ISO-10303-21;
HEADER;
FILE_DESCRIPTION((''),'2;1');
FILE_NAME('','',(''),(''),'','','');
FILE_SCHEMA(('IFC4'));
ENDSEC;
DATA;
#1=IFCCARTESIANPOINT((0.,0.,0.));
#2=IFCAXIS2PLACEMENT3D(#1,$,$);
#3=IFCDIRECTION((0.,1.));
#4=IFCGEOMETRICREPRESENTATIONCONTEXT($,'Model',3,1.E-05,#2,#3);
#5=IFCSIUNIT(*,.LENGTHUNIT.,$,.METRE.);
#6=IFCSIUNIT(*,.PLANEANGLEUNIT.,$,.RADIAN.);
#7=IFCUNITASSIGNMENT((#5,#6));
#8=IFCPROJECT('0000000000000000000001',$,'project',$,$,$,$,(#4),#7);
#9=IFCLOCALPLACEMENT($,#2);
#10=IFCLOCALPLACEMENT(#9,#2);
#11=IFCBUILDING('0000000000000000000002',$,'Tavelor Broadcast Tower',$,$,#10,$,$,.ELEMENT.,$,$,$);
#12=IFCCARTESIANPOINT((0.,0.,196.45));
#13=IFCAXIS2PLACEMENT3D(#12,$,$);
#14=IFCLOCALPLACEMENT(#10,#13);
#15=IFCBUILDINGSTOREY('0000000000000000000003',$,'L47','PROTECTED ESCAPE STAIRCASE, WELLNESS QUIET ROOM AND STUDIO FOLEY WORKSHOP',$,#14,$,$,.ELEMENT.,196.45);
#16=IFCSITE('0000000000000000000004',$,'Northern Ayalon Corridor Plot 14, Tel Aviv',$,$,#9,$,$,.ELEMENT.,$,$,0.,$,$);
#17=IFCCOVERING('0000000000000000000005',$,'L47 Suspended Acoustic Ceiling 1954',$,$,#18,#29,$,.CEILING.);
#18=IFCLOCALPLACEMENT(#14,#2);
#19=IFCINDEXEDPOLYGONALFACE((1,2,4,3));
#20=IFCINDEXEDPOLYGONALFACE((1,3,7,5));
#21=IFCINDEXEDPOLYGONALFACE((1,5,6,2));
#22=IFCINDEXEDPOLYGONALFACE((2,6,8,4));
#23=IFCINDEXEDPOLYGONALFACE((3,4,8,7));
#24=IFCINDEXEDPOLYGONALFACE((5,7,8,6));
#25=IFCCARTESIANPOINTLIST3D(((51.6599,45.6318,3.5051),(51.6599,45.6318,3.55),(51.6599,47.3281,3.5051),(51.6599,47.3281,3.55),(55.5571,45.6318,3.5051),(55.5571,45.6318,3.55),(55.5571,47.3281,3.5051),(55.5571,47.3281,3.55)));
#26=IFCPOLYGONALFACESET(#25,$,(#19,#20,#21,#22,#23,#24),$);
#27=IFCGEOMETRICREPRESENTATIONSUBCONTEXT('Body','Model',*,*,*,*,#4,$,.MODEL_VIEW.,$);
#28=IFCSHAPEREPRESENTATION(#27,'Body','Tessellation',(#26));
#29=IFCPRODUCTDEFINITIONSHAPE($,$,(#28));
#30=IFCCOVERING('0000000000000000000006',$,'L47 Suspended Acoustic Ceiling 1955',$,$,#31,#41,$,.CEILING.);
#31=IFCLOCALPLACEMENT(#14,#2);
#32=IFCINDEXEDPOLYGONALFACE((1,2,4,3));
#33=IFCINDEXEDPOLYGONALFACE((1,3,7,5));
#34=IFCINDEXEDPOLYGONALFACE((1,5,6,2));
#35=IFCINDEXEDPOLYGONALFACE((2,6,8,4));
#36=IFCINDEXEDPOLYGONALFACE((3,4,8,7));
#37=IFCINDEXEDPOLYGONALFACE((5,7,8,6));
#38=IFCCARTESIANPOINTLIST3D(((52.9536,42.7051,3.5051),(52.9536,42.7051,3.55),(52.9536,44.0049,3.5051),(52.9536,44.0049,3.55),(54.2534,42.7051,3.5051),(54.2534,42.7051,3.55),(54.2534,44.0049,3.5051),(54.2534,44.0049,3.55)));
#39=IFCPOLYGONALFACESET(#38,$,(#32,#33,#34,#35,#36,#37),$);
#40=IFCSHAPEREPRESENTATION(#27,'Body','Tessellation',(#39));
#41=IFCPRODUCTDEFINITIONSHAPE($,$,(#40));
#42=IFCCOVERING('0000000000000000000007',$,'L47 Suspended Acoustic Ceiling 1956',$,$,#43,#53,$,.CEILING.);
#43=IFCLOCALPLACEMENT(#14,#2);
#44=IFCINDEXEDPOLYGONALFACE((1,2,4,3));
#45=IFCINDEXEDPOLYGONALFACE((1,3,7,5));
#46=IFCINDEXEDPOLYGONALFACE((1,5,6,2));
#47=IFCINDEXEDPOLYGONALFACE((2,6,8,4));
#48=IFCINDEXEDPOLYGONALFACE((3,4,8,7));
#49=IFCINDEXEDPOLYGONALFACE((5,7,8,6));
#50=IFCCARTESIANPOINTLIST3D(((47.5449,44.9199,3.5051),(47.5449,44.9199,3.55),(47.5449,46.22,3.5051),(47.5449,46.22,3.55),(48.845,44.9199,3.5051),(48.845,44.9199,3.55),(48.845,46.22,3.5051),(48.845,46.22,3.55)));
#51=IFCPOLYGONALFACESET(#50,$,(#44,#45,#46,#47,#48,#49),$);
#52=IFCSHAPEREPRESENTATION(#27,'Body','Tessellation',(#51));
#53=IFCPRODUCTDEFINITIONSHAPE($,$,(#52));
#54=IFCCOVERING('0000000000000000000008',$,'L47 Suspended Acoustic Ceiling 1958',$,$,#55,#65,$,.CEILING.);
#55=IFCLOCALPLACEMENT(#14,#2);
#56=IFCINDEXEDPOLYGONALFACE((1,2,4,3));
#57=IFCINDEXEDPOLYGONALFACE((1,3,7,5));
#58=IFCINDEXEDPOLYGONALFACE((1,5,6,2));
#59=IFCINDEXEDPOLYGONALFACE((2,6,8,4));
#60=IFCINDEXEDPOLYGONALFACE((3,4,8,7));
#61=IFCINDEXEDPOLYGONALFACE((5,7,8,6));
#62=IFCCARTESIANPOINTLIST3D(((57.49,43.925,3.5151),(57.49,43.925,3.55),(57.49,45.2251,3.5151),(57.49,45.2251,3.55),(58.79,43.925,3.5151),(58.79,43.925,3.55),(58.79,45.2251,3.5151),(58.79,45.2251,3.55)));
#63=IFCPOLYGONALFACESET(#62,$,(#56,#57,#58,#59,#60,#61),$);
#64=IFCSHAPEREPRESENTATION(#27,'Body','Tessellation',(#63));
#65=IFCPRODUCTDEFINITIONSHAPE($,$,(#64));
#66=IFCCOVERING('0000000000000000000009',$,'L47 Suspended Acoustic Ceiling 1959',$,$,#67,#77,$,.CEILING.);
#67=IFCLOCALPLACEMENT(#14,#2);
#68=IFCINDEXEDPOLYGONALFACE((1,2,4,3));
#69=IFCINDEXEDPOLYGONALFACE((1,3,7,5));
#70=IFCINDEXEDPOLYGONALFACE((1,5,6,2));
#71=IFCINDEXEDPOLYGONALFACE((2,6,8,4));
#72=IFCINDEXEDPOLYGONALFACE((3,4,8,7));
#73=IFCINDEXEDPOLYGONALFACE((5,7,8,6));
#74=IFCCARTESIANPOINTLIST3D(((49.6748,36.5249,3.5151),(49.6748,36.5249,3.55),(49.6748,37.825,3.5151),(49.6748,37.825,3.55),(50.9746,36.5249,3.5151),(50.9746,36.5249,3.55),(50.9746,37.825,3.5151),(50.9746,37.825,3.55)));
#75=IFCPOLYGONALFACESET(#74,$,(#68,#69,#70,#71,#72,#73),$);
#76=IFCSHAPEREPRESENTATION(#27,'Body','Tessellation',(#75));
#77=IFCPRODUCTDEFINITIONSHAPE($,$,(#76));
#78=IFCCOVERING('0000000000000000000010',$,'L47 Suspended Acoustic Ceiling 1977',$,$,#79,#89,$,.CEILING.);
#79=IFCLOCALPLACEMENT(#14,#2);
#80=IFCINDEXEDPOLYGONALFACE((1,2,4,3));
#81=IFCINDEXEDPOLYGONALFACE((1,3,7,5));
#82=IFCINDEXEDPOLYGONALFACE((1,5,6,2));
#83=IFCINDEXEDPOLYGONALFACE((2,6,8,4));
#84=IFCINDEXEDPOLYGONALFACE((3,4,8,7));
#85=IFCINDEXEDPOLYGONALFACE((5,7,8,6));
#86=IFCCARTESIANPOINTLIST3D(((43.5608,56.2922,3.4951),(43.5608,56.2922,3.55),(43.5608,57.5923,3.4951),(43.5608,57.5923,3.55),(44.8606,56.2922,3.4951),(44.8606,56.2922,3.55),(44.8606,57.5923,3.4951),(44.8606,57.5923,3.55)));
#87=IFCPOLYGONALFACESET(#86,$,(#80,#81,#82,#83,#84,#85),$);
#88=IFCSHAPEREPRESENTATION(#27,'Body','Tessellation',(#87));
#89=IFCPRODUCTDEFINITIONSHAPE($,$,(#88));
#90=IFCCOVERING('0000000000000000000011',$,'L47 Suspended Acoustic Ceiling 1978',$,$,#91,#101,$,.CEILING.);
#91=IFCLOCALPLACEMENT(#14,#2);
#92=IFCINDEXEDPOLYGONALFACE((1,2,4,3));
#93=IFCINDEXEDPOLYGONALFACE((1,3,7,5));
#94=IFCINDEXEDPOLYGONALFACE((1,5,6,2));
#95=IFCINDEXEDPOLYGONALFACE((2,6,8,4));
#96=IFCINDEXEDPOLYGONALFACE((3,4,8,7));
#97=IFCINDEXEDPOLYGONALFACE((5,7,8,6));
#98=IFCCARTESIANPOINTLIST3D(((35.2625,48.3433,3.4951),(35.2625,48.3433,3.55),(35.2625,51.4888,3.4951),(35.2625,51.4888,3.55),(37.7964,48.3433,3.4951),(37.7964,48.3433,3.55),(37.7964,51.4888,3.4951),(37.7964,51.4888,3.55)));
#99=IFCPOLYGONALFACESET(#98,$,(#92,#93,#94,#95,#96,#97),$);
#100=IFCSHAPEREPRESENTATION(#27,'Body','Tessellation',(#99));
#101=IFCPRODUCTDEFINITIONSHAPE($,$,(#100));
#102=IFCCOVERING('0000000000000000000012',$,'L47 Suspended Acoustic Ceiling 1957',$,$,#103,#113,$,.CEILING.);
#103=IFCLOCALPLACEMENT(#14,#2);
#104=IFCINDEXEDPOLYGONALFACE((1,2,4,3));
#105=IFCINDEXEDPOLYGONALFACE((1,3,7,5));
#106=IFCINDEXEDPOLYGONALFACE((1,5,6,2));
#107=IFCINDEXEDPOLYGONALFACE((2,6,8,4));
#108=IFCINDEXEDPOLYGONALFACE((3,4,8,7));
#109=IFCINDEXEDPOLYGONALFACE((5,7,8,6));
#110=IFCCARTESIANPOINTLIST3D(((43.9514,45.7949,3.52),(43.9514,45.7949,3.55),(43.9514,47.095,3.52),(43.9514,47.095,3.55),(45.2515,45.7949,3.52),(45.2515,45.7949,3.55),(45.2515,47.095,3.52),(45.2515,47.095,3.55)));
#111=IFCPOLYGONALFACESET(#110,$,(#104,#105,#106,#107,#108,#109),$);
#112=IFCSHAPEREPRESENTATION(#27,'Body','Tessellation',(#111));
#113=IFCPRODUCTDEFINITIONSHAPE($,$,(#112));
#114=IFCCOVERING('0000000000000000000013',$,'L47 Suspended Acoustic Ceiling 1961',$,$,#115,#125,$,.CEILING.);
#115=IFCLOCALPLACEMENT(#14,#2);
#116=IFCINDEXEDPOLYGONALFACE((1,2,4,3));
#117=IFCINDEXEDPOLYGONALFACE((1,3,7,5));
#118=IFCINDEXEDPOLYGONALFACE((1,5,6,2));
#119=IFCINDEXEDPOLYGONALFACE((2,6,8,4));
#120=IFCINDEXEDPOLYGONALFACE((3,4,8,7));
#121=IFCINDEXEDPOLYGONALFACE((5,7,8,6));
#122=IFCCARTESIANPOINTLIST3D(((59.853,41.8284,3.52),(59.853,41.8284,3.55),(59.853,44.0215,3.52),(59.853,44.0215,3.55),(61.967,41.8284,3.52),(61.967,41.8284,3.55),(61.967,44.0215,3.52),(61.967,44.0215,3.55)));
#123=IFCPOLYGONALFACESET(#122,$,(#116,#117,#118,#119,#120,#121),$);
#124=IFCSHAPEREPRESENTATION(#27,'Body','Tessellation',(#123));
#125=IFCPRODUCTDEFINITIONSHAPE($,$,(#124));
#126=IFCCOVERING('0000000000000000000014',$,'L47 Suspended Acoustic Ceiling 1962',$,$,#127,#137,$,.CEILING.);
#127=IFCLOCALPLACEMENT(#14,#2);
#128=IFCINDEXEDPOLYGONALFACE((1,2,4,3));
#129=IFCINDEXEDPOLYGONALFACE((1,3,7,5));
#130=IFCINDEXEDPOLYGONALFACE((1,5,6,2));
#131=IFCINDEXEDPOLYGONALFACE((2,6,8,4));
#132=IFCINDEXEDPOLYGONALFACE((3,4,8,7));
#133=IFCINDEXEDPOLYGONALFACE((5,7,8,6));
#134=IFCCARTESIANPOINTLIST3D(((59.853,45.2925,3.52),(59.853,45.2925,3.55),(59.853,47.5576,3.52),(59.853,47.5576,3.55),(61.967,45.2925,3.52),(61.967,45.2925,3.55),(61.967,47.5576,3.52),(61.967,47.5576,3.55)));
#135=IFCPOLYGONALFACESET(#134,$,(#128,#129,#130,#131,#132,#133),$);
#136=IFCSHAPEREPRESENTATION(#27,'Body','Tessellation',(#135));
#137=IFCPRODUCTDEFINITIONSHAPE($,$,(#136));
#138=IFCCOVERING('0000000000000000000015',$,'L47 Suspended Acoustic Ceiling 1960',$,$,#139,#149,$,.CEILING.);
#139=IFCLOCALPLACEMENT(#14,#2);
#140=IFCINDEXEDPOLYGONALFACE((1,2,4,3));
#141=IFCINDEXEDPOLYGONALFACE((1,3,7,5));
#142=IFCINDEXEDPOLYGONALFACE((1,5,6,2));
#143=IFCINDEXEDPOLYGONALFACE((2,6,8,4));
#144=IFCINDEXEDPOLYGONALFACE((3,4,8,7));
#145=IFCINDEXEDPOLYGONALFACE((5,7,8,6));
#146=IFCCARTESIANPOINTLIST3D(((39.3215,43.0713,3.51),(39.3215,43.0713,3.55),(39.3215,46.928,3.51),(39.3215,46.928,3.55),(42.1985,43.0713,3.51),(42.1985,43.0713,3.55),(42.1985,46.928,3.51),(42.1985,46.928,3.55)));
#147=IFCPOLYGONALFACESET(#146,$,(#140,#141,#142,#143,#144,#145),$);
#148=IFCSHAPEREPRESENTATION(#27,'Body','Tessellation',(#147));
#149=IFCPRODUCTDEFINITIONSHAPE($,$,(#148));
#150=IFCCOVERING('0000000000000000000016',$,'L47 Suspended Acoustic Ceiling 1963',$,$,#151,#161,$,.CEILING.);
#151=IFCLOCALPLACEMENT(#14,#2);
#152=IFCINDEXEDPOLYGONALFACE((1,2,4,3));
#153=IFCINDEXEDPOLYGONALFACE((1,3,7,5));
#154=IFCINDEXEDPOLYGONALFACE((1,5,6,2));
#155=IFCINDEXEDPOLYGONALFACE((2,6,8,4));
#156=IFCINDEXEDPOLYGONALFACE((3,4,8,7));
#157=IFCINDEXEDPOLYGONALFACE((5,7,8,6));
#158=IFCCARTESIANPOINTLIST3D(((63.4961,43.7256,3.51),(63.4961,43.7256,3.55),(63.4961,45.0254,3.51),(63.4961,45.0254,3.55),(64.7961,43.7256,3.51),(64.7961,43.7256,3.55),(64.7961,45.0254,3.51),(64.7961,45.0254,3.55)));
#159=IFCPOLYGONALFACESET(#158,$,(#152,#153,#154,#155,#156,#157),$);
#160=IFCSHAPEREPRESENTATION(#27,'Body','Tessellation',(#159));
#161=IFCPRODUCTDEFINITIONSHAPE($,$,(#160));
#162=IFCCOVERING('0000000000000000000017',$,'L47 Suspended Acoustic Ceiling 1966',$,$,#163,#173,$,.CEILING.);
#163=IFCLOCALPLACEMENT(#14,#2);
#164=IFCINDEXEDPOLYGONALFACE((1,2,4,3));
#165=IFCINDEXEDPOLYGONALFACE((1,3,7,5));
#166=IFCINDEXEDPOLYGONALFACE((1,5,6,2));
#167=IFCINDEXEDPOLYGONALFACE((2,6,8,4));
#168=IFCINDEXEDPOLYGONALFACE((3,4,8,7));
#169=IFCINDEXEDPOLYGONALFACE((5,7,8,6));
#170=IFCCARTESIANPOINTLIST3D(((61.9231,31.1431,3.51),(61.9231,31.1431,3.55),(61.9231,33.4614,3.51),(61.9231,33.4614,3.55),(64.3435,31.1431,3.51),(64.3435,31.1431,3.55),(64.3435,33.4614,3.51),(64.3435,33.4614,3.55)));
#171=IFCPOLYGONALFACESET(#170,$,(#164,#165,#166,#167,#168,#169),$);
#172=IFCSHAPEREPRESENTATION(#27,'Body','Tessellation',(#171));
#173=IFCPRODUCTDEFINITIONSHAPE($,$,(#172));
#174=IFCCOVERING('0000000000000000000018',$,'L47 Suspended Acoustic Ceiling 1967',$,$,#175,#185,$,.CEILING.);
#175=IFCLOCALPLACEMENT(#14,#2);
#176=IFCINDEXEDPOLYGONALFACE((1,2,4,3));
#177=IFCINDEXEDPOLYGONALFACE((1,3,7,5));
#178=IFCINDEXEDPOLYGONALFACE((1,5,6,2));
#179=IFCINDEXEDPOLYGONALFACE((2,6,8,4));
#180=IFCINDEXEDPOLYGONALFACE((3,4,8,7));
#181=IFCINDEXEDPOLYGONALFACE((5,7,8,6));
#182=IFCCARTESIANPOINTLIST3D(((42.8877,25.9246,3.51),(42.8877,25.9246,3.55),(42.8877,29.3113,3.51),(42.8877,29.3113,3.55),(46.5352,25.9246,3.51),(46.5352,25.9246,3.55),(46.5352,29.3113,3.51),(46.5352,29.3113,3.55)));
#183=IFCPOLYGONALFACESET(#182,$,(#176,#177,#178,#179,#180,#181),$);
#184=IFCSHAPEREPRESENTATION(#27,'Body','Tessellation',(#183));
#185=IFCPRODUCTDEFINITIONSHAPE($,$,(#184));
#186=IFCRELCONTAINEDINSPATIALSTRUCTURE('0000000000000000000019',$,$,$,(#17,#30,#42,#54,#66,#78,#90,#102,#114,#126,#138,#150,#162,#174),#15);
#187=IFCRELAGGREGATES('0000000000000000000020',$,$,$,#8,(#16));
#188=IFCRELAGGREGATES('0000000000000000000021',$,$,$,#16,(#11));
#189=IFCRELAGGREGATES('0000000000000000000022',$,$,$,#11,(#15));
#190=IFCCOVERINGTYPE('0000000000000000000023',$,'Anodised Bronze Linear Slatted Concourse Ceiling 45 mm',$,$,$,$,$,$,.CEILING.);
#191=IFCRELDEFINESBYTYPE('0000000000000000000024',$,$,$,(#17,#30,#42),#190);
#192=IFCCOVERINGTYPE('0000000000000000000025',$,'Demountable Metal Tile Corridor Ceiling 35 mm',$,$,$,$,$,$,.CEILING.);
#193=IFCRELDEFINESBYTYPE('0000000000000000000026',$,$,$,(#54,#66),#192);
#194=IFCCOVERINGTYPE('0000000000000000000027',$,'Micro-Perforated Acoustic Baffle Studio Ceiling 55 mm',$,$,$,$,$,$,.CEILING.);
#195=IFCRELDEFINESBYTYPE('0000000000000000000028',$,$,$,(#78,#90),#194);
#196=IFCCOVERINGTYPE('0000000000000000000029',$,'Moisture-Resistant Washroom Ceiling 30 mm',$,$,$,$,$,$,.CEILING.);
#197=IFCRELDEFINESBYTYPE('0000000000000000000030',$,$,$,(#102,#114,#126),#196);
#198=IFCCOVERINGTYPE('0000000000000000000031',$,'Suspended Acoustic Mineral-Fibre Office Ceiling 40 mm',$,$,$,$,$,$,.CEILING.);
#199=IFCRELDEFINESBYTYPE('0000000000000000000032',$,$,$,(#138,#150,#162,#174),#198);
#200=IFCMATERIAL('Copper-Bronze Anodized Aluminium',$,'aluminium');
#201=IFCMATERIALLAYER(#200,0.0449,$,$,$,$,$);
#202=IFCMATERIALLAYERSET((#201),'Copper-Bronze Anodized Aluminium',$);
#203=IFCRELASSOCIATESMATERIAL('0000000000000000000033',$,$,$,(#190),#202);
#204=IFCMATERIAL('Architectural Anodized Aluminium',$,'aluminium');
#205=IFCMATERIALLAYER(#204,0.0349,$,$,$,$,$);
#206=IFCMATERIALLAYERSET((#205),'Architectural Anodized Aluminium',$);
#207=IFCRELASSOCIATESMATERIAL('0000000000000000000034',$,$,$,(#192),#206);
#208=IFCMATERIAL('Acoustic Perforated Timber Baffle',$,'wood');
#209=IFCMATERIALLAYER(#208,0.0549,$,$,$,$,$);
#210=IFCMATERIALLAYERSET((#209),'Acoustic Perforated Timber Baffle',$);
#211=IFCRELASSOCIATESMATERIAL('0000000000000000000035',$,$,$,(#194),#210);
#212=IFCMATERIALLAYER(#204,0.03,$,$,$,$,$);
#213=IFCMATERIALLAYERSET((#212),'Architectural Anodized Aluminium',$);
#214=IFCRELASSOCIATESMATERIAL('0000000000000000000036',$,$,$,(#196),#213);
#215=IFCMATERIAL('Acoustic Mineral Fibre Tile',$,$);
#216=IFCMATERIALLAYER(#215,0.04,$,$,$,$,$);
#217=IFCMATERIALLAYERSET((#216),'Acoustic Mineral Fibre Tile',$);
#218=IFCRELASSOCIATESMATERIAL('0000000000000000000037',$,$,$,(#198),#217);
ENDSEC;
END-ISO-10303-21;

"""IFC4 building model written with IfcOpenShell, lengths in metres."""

from ifc_helpers import new_model, si_unit, direction, frame, origin, place, context, subcontext, project, spatial, polyline, outline, extrude, material, layer, layer_set, type_object, element, save


model = new_model("IFC4")

# Units and contexts
model_context = context("Model", 3, precision=1e-05, world=origin(), true_north=direction((0.0, 1.0)))
body_context = subcontext(model_context, "Body", "Model", "MODEL_VIEW")
ifc_project = project(units=[si_unit("LENGTHUNIT", "METRE"), si_unit("PLANEANGLEUNIT", "RADIAN")], contexts=[model_context])

# Site, building, storey
site_placement = place(None, origin())
site = spatial("IfcSite", under=ifc_project, at=site_placement, Name="Northern Ayalon Corridor Plot 14, Tel Aviv", CompositionType="ELEMENT", RefElevation=0.0)
building_placement = place(site_placement, origin())
building = spatial("IfcBuilding", under=site, at=building_placement, Name="Tavelor Broadcast Tower", CompositionType="ELEMENT")
storey_placement = place(building_placement, frame((0.0, 0.0, 196.45)))
storey = spatial("IfcBuildingStorey", under=building, at=storey_placement, Name="L47", Description="PROTECTED ESCAPE STAIRCASE, WELLNESS QUIET ROOM AND STUDIO FOLEY WORKSHOP", CompositionType="ELEMENT", Elevation=196.45)

# Coverings
ifc_material_1 = material(Name="Copper-Bronze Anodized Aluminium", Category="aluminium")
ifc_layer_1 = layer(ifc_material_1, 0.0449)
ifc_layer_set_1 = layer_set([ifc_layer_1], Name="Copper-Bronze Anodized Aluminium")
covering_type_1 = type_object("IfcCoveringType", Name="Anodised Bronze Linear Slatted Concourse Ceiling 45 mm", PredefinedType="CEILING", material=ifc_layer_set_1)
covering_1_placement = place(storey_placement, frame((0.0, 0.0, 3.5051)))
element("IfcCovering", 1, at=covering_1_placement, inside=storey, type_object=covering_type_1, Name="L47 Suspended Acoustic Ceiling 1954", PredefinedType="CEILING", context=body_context, shape_type="SweptSolid", body=[
    extrude(outline(polyline([(51.6599, 45.6318), (55.5571, 45.6318), (55.5571, 47.3281), (51.6599, 47.3281), (51.6599, 45.6318)])), origin(), (0.0, 0.0, 1.0), 0.0449),
])
covering_2_placement = place(storey_placement, frame((0.0, 0.0, 3.5051)))
element("IfcCovering", 2, at=covering_2_placement, inside=storey, type_object=covering_type_1, Name="L47 Suspended Acoustic Ceiling 1955", PredefinedType="CEILING", context=body_context, shape_type="SweptSolid", body=[
    extrude(outline(polyline([(52.9536, 42.7051), (54.2534, 42.7051), (54.2534, 44.0049), (52.9536, 44.0049), (52.9536, 42.7051)])), origin(), (0.0, 0.0, 1.0), 0.0449),
])
covering_3_placement = place(storey_placement, frame((0.0, 0.0, 3.5051)))
element("IfcCovering", 3, at=covering_3_placement, inside=storey, type_object=covering_type_1, Name="L47 Suspended Acoustic Ceiling 1956", PredefinedType="CEILING", context=body_context, shape_type="SweptSolid", body=[
    extrude(outline(polyline([(47.5449, 44.9199), (48.845, 44.9199), (48.845, 46.22), (47.5449, 46.22), (47.5449, 44.9199)])), origin(), (0.0, 0.0, 1.0), 0.0449),
])
ifc_material_2 = material(Name="Architectural Anodized Aluminium", Category="aluminium")
ifc_layer_2 = layer(ifc_material_2, 0.0349)
ifc_layer_set_2 = layer_set([ifc_layer_2], Name="Architectural Anodized Aluminium")
covering_type_2 = type_object("IfcCoveringType", Name="Demountable Metal Tile Corridor Ceiling 35 mm", PredefinedType="CEILING", material=ifc_layer_set_2)
covering_4_placement = place(storey_placement, frame((0.0, 0.0, 3.5151)))
element("IfcCovering", 4, at=covering_4_placement, inside=storey, type_object=covering_type_2, Name="L47 Suspended Acoustic Ceiling 1958", PredefinedType="CEILING", context=body_context, shape_type="SweptSolid", body=[
    extrude(outline(polyline([(57.49, 43.925), (58.79, 43.925), (58.79, 45.2251), (57.49, 45.2251), (57.49, 43.925)])), origin(), (0.0, 0.0, 1.0), 0.0349),
])
covering_5_placement = place(storey_placement, frame((0.0, 0.0, 3.5151)))
element("IfcCovering", 5, at=covering_5_placement, inside=storey, type_object=covering_type_2, Name="L47 Suspended Acoustic Ceiling 1959", PredefinedType="CEILING", context=body_context, shape_type="SweptSolid", body=[
    extrude(outline(polyline([(49.6748, 36.5249), (50.9746, 36.5249), (50.9746, 37.825), (49.6748, 37.825), (49.6748, 36.5249)])), origin(), (0.0, 0.0, 1.0), 0.0349),
])
ifc_material_3 = material(Name="Acoustic Perforated Timber Baffle", Category="wood")
ifc_layer_3 = layer(ifc_material_3, 0.0549)
ifc_layer_set_3 = layer_set([ifc_layer_3], Name="Acoustic Perforated Timber Baffle")
covering_type_3 = type_object("IfcCoveringType", Name="Micro-Perforated Acoustic Baffle Studio Ceiling 55 mm", PredefinedType="CEILING", material=ifc_layer_set_3)
covering_6_placement = place(storey_placement, frame((0.0, 0.0, 3.4951)))
element("IfcCovering", 6, at=covering_6_placement, inside=storey, type_object=covering_type_3, Name="L47 Suspended Acoustic Ceiling 1977", PredefinedType="CEILING", context=body_context, shape_type="SweptSolid", body=[
    extrude(outline(polyline([(43.5608, 56.2922), (44.8606, 56.2922), (44.8606, 57.5923), (43.5608, 57.5923), (43.5608, 56.2922)])), origin(), (0.0, 0.0, 1.0), 0.0549),
])
covering_7_placement = place(storey_placement, frame((0.0, 0.0, 3.4951)))
element("IfcCovering", 7, at=covering_7_placement, inside=storey, type_object=covering_type_3, Name="L47 Suspended Acoustic Ceiling 1978", PredefinedType="CEILING", context=body_context, shape_type="SweptSolid", body=[
    extrude(outline(polyline([(35.2625, 48.3433), (37.7964, 48.3433), (37.7964, 51.4888), (35.2625, 51.4888), (35.2625, 48.3433)])), origin(), (0.0, 0.0, 1.0), 0.0549),
])
ifc_layer_4 = layer(ifc_material_2, 0.03)
ifc_layer_set_4 = layer_set([ifc_layer_4], Name="Architectural Anodized Aluminium")
covering_type_4 = type_object("IfcCoveringType", Name="Moisture-Resistant Washroom Ceiling 30 mm", PredefinedType="CEILING", material=ifc_layer_set_4)
covering_8_placement = place(storey_placement, frame((0.0, 0.0, 3.52)))
element("IfcCovering", 8, at=covering_8_placement, inside=storey, type_object=covering_type_4, Name="L47 Suspended Acoustic Ceiling 1957", PredefinedType="CEILING", context=body_context, shape_type="SweptSolid", body=[
    extrude(outline(polyline([(43.9514, 45.7949), (45.2515, 45.7949), (45.2515, 47.095), (43.9514, 47.095), (43.9514, 45.7949)])), origin(), (0.0, 0.0, 1.0), 0.03),
])
covering_9_placement = place(storey_placement, frame((0.0, 0.0, 3.52)))
element("IfcCovering", 9, at=covering_9_placement, inside=storey, type_object=covering_type_4, Name="L47 Suspended Acoustic Ceiling 1961", PredefinedType="CEILING", context=body_context, shape_type="SweptSolid", body=[
    extrude(outline(polyline([(59.853, 41.8284), (61.967, 41.8284), (61.967, 44.0215), (59.853, 44.0215), (59.853, 41.8284)])), origin(), (0.0, 0.0, 1.0), 0.03),
])
covering_10_placement = place(storey_placement, frame((0.0, 0.0, 3.52)))
element("IfcCovering", 10, at=covering_10_placement, inside=storey, type_object=covering_type_4, Name="L47 Suspended Acoustic Ceiling 1962", PredefinedType="CEILING", context=body_context, shape_type="SweptSolid", body=[
    extrude(outline(polyline([(59.853, 45.2925), (61.967, 45.2925), (61.967, 47.5576), (59.853, 47.5576), (59.853, 45.2925)])), origin(), (0.0, 0.0, 1.0), 0.03),
])
ifc_material_4 = material(Name="Acoustic Mineral Fibre Tile")
ifc_layer_5 = layer(ifc_material_4, 0.04)
ifc_layer_set_5 = layer_set([ifc_layer_5], Name="Acoustic Mineral Fibre Tile")
covering_type_5 = type_object("IfcCoveringType", Name="Suspended Acoustic Mineral-Fibre Office Ceiling 40 mm", PredefinedType="CEILING", material=ifc_layer_set_5)
covering_11_placement = place(storey_placement, frame((0.0, 0.0, 3.51)))
element("IfcCovering", 11, at=covering_11_placement, inside=storey, type_object=covering_type_5, Name="L47 Suspended Acoustic Ceiling 1960", PredefinedType="CEILING", context=body_context, shape_type="SweptSolid", body=[
    extrude(outline(polyline([(39.3215, 43.0713), (42.1985, 43.0713), (42.1985, 46.928), (39.3215, 46.928), (39.3215, 43.0713)])), origin(), (0.0, 0.0, 1.0), 0.04),
])
covering_12_placement = place(storey_placement, frame((0.0, 0.0, 3.51)))
element("IfcCovering", 12, at=covering_12_placement, inside=storey, type_object=covering_type_5, Name="L47 Suspended Acoustic Ceiling 1963", PredefinedType="CEILING", context=body_context, shape_type="SweptSolid", body=[
    extrude(outline(polyline([(63.4961, 43.7256), (64.7961, 43.7256), (64.7961, 45.0254), (63.4961, 45.0254), (63.4961, 43.7256)])), origin(), (0.0, 0.0, 1.0), 0.04),
])
covering_13_placement = place(storey_placement, frame((0.0, 0.0, 3.51)))
element("IfcCovering", 13, at=covering_13_placement, inside=storey, type_object=covering_type_5, Name="L47 Suspended Acoustic Ceiling 1966", PredefinedType="CEILING", context=body_context, shape_type="SweptSolid", body=[
    extrude(outline(polyline([(61.9231, 31.1431), (64.3435, 31.1431), (64.3435, 33.4614), (61.9231, 33.4614), (61.9231, 31.1431)])), origin(), (0.0, 0.0, 1.0), 0.04),
])
covering_14_placement = place(storey_placement, frame((0.0, 0.0, 3.51)))
element("IfcCovering", 14, at=covering_14_placement, inside=storey, type_object=covering_type_5, Name="L47 Suspended Acoustic Ceiling 1967", PredefinedType="CEILING", context=body_context, shape_type="SweptSolid", body=[
    extrude(outline(polyline([(42.8877, 25.9246), (46.5352, 25.9246), (46.5352, 29.3113), (42.8877, 29.3113), (42.8877, 25.9246)])), origin(), (0.0, 0.0, 1.0), 0.04),
])

save(model, "model.ifc")
